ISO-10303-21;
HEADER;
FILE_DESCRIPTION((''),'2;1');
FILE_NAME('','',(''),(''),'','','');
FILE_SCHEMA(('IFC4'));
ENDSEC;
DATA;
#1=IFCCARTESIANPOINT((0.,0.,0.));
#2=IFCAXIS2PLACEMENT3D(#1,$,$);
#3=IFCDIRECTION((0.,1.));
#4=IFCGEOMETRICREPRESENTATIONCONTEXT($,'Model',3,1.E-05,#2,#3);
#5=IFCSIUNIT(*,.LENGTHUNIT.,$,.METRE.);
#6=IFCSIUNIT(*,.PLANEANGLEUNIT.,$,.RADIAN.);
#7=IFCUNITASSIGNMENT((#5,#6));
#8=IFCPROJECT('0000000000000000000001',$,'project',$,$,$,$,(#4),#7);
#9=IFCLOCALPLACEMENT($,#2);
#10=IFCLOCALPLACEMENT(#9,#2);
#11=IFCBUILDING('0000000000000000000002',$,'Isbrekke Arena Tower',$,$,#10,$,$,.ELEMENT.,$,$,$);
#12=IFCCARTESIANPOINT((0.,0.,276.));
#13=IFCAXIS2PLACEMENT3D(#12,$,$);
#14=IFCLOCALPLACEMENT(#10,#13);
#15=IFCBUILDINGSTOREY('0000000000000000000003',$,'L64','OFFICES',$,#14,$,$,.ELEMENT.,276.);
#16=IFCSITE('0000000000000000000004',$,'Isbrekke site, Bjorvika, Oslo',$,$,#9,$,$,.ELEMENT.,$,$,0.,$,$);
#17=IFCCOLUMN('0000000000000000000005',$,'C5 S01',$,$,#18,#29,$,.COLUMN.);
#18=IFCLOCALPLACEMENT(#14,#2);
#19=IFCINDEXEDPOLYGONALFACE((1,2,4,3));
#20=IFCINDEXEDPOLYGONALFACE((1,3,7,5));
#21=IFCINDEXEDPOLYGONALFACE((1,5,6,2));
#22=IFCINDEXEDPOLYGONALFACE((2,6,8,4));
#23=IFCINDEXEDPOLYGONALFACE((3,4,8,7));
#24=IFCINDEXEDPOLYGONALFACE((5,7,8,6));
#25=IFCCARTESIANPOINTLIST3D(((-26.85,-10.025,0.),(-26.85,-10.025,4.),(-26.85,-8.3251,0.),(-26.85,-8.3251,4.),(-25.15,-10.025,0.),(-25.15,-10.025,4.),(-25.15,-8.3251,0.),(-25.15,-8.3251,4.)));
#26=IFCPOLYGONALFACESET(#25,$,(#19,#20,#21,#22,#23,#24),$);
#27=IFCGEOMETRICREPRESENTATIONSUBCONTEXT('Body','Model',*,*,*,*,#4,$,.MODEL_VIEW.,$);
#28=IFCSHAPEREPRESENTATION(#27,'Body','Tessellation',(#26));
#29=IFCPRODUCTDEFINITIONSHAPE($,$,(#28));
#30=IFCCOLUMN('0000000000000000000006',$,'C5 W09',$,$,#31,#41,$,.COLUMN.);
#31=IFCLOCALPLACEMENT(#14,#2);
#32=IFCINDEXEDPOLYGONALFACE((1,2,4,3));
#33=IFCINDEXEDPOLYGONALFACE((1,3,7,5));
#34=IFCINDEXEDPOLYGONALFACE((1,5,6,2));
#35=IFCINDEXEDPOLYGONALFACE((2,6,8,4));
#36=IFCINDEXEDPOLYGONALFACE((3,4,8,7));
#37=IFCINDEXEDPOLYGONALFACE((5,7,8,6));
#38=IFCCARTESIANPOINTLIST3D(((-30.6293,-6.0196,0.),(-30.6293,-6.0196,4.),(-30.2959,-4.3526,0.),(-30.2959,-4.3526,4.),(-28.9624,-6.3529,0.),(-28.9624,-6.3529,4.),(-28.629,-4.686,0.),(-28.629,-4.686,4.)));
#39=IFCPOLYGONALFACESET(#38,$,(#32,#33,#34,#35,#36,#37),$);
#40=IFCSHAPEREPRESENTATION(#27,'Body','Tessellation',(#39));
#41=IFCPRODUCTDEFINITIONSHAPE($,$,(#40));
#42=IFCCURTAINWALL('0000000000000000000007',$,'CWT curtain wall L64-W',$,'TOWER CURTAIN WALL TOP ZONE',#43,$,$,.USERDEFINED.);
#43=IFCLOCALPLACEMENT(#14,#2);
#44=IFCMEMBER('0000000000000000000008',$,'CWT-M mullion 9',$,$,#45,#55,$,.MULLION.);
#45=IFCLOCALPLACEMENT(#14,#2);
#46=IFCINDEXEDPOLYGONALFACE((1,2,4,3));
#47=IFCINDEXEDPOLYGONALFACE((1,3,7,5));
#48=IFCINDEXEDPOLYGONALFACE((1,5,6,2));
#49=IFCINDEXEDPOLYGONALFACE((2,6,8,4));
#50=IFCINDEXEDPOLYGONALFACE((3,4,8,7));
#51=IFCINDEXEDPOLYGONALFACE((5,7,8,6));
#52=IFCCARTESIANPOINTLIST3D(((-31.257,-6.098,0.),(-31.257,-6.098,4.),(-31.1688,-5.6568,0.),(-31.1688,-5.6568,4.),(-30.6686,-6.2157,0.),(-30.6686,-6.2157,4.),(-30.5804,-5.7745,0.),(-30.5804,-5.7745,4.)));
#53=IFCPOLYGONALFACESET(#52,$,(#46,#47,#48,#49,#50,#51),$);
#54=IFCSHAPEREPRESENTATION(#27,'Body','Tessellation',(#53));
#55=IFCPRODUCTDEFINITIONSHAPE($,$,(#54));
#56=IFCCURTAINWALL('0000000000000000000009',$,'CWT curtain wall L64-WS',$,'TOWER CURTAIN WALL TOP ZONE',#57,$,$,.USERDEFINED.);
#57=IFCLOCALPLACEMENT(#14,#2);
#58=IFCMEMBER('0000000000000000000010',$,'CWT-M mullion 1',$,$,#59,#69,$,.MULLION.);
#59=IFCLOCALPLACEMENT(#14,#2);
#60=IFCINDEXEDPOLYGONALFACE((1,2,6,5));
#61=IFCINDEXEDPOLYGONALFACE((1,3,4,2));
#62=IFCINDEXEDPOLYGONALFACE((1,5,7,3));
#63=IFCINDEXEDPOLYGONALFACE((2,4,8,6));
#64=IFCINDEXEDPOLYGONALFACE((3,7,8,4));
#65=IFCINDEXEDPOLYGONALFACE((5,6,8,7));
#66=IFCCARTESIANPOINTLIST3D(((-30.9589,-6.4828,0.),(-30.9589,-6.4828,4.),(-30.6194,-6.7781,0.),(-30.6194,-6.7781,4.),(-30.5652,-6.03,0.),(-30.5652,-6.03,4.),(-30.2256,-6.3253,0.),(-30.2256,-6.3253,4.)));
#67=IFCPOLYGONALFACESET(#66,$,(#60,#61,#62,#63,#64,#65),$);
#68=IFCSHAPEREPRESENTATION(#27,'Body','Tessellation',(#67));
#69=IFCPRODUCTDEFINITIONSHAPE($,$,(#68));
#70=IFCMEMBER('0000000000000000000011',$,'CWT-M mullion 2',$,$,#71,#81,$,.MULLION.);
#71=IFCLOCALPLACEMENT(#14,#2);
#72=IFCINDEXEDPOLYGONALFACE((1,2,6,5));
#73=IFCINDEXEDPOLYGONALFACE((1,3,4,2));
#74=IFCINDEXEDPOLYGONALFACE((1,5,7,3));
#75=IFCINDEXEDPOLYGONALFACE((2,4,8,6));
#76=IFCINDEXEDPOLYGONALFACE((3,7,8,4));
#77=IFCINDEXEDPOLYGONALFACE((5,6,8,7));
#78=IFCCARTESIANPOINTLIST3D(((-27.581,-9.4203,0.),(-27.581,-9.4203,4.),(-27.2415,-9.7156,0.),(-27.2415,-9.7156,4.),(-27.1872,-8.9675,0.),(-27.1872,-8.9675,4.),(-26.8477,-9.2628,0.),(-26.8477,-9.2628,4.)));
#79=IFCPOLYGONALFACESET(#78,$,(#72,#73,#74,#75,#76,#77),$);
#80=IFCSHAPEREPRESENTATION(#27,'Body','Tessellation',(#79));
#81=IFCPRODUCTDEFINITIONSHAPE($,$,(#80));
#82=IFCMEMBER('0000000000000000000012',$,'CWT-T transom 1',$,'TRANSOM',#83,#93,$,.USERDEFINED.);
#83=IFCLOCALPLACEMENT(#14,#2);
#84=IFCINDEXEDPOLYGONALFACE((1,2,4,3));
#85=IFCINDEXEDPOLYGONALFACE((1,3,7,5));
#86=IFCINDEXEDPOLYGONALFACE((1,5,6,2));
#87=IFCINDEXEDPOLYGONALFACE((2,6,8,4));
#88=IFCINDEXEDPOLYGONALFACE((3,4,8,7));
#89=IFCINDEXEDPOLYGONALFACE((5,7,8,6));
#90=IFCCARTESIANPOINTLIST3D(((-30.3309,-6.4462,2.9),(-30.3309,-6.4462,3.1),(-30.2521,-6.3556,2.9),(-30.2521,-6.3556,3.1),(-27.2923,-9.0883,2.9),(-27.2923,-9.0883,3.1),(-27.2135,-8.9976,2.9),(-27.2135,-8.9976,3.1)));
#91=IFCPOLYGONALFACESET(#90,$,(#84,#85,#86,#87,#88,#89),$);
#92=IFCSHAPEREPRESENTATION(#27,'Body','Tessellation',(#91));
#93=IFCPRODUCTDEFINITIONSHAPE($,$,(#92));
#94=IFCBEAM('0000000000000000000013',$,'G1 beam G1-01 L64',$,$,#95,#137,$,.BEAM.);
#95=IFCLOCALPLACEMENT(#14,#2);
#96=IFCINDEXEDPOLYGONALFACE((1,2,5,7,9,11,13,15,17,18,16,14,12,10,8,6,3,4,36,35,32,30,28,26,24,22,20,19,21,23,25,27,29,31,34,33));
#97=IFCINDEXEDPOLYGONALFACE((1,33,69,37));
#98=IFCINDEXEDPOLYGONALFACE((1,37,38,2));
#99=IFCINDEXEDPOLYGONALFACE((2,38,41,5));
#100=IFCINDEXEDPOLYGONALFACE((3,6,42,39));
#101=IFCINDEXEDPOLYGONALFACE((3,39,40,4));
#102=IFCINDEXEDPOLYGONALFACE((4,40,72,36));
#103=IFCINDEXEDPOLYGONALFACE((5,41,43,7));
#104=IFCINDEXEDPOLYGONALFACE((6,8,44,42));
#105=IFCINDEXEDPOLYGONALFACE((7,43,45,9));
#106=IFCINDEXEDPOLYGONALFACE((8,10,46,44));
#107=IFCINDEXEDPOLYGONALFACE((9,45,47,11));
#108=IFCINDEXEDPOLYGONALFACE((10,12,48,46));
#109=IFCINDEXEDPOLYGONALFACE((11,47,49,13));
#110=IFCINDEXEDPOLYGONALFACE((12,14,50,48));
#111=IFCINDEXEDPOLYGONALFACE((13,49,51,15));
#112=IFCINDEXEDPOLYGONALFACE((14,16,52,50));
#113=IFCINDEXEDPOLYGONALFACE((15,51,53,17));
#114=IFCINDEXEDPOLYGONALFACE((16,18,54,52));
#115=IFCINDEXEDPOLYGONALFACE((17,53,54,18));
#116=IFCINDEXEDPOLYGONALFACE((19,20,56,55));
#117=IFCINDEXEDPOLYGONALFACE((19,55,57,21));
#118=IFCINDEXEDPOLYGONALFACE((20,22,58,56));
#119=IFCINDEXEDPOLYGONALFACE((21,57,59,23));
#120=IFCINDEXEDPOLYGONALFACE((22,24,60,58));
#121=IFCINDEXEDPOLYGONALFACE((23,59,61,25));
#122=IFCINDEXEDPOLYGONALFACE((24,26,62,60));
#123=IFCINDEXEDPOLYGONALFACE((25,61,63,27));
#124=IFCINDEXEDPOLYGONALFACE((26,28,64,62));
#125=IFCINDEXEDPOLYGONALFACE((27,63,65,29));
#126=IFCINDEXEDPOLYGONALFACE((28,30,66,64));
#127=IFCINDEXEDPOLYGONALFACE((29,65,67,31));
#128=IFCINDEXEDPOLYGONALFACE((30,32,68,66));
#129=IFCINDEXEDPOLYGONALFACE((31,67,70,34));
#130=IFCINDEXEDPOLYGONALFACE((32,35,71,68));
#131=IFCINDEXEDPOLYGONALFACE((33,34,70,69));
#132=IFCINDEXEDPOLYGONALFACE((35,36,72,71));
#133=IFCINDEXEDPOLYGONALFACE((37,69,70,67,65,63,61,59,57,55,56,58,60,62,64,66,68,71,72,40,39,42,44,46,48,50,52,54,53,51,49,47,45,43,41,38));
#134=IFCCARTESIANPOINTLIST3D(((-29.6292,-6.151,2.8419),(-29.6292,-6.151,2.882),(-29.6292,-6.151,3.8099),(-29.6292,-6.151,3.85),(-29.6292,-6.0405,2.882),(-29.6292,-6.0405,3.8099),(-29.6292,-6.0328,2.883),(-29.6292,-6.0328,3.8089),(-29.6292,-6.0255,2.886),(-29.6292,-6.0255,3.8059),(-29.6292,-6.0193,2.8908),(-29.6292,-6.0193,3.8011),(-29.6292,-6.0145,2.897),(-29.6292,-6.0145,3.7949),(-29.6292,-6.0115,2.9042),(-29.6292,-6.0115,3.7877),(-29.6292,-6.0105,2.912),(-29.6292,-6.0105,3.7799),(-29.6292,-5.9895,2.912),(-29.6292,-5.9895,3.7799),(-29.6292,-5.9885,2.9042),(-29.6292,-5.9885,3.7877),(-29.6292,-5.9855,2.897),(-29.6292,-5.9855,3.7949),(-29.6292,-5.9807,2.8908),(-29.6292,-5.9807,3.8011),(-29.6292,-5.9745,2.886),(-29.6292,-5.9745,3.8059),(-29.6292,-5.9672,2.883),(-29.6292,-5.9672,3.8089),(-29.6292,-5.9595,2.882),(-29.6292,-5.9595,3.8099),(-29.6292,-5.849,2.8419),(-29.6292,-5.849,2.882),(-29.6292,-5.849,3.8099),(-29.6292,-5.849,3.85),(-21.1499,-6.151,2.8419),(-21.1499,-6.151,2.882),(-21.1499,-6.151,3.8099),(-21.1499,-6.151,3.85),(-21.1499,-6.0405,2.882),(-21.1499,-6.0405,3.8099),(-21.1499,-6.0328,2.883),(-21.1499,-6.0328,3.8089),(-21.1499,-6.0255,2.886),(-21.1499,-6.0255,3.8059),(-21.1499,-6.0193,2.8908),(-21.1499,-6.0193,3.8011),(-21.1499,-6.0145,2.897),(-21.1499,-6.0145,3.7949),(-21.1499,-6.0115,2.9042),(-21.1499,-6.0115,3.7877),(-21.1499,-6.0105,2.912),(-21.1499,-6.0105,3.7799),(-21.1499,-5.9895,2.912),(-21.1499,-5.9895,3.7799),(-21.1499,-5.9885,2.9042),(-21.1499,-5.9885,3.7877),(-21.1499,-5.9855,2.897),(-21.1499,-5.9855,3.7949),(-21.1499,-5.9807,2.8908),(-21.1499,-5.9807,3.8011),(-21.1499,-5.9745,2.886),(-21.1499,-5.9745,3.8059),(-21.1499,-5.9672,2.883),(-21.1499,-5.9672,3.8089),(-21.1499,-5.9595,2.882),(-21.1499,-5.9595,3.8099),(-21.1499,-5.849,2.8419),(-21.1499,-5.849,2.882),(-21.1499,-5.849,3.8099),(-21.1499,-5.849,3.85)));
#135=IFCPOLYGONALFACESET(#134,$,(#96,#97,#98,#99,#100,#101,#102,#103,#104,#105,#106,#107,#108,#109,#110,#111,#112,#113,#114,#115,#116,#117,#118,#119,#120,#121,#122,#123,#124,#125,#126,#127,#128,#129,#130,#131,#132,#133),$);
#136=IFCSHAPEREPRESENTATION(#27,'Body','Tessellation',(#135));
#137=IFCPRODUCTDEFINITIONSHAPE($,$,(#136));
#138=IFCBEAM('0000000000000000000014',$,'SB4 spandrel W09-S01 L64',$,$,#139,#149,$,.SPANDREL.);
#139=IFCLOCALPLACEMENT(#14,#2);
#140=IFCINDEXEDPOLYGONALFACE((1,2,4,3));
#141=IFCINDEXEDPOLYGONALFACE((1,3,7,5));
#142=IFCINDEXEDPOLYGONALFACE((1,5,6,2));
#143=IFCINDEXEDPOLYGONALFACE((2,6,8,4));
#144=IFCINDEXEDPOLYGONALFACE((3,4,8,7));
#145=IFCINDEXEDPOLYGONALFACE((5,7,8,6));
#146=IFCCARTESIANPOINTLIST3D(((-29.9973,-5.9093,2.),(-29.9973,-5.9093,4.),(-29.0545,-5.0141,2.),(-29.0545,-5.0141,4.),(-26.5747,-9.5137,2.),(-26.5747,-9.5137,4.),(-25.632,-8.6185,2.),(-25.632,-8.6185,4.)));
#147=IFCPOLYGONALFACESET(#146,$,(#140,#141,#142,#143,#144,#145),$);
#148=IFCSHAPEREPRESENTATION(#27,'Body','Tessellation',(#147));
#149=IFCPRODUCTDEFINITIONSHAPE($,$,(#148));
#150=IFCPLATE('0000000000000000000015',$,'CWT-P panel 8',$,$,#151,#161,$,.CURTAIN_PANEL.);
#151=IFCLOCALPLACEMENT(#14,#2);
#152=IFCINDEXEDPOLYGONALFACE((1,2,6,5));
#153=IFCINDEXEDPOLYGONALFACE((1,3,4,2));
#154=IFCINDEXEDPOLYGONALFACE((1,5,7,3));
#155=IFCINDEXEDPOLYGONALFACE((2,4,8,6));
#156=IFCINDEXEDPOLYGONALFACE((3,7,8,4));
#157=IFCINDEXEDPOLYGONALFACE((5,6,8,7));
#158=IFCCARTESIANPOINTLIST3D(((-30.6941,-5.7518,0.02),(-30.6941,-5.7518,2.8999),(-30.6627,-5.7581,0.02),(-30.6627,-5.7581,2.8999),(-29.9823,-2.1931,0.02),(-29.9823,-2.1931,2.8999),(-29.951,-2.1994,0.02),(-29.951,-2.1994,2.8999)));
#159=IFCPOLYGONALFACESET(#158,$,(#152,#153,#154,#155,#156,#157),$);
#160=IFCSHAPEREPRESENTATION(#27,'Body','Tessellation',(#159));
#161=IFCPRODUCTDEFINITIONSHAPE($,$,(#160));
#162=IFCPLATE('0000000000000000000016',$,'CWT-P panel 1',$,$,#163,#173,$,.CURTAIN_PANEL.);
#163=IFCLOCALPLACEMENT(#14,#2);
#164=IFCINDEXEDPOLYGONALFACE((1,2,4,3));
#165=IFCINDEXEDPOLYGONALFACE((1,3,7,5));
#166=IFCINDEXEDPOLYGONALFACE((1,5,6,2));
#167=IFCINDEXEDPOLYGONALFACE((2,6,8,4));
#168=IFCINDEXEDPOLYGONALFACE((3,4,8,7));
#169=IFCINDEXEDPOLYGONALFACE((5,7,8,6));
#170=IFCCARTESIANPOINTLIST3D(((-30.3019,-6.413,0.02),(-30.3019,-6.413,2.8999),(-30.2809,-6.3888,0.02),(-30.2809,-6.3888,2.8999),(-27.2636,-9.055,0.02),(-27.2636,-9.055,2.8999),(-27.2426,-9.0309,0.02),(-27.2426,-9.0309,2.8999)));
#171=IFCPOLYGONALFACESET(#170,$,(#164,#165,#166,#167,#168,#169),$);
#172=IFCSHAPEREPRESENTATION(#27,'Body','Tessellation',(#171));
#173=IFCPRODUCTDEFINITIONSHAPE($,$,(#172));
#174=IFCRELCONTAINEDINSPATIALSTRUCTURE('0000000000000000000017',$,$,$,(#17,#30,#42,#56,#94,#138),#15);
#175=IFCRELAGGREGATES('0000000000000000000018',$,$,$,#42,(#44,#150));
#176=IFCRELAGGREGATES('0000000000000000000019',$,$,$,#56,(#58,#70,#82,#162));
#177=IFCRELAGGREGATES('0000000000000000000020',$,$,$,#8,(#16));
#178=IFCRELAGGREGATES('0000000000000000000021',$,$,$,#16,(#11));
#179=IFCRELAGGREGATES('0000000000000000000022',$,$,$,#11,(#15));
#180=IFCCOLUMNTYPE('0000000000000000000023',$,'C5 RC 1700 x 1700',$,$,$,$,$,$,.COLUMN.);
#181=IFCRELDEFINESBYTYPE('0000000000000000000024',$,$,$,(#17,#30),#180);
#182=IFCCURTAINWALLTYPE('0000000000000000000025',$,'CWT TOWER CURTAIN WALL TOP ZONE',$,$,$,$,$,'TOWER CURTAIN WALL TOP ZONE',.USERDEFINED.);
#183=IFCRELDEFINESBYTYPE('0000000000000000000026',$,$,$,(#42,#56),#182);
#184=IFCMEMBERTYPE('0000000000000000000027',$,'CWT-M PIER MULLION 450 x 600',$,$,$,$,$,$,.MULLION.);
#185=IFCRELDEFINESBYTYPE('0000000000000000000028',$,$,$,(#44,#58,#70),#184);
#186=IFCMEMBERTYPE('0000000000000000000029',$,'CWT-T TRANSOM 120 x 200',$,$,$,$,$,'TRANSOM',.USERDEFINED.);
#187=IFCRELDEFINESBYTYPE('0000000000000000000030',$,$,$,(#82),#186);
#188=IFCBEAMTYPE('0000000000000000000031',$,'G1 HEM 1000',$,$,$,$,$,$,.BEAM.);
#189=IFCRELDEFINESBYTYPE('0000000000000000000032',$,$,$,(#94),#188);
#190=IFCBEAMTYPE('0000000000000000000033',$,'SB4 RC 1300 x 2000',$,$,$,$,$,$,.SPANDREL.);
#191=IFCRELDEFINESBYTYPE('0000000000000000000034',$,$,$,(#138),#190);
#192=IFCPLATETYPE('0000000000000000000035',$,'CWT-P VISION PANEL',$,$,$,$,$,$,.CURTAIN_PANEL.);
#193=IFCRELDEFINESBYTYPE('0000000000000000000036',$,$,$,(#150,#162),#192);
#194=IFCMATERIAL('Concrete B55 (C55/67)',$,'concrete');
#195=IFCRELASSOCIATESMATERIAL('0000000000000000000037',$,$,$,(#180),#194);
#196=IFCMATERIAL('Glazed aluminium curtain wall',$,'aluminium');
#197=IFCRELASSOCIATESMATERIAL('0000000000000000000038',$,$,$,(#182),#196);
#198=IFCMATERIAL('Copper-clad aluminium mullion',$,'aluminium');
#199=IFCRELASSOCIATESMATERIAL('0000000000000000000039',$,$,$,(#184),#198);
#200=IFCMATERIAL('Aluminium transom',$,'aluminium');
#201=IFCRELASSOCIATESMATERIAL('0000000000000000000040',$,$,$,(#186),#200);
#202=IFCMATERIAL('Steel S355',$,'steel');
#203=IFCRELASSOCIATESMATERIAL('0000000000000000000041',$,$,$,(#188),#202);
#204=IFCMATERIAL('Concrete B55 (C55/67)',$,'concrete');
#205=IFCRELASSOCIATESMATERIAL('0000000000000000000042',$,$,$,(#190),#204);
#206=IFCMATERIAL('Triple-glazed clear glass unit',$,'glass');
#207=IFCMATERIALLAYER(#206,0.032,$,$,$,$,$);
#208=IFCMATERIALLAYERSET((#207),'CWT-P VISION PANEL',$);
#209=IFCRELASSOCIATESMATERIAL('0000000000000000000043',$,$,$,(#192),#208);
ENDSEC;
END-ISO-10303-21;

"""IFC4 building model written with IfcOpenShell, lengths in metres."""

from ifc_helpers import new_model, si_unit, direction, frame, origin, origin_2d, place, context, subcontext, project, spatial, rectangle, i_section, extrude, material, layer, layer_set, material_profile, profile_set, type_object, element, aggregate, save


model = new_model("IFC4")

# Units and contexts
model_context = context("Model", 3, precision=1e-05, world=origin(), true_north=direction((0.0, 1.0)))
body_context = subcontext(model_context, "Body", "Model", "MODEL_VIEW")
ifc_project = project(units=[si_unit("LENGTHUNIT", "METRE"), si_unit("PLANEANGLEUNIT", "RADIAN")], contexts=[model_context])

# Site, building, storey
site_placement = place(None, origin())
site = spatial("IfcSite", under=ifc_project, at=site_placement, Name="Isbrekke site, Bjorvika, Oslo", CompositionType="ELEMENT", RefElevation=0.0)
building_placement = place(site_placement, origin())
building = spatial("IfcBuilding", under=site, at=building_placement, Name="Isbrekke Arena Tower", CompositionType="ELEMENT")
storey_placement = place(building_placement, frame((0.0, 0.0, 276.0)))
storey = spatial("IfcBuildingStorey", under=building, at=storey_placement, Name="L64", Description="OFFICES", CompositionType="ELEMENT", Elevation=276.0)

# Columns
ifc_material_1 = material(Name="Concrete B55 (C55/67)", Category="concrete")
ifc_material_profile_1 = material_profile(ifc_material_1, rectangle(XDim=1.7, YDim=1.7, at=origin_2d()), Name="RC 1700x1700")
ifc_profile_set_1 = profile_set([ifc_material_profile_1], Name="Concrete B55 (C55/67)")
column_type = type_object("IfcColumnType", Name="C5 RC 1700 x 1700", PredefinedType="COLUMN", material=ifc_profile_set_1)
for number, where, z_axis, x_axis, name in (
    (1, (-26.0, -9.175, 0.0), (0.0, 0.0, 1.0), (1.0, 0.0, 0.0), "C5 S01"),
    (2, (-29.6292, -5.3528, 0.0), (0.0, 0.0, 1.0), (-0.196116, -0.980581, 0.0), "C5 W09"),
):
    element("IfcColumn", number, at=place(storey_placement, frame(where, z_axis=z_axis, x_axis=x_axis)), inside=storey, type_object=column_type, Name=name, PredefinedType="COLUMN", context=body_context, shape_type="SweptSolid", body=[
        extrude(rectangle(XDim=1.7, YDim=1.7, at=origin_2d()), origin(), (0.0, 0.0, 1.0), 4.0),
    ])

# Curtain wall, member
ifc_material_2 = material(Name="Glazed aluminium curtain wall", Category="aluminium")
curtain_wall_type = type_object("IfcCurtainWallType", Name="CWT TOWER CURTAIN WALL TOP ZONE", ElementType="TOWER CURTAIN WALL TOP ZONE", PredefinedType="USERDEFINED", material=ifc_material_2)
curtain_wall_1_placement = place(storey_placement, origin())
curtain_wall_1 = element("IfcCurtainWall", 3, at=curtain_wall_1_placement, inside=storey, type_object=curtain_wall_type, Name="CWT curtain wall L64-W", ObjectType="TOWER CURTAIN WALL TOP ZONE", PredefinedType="USERDEFINED")
ifc_material_3 = material(Name="Copper-clad aluminium mullion", Category="aluminium")
ifc_material_profile_2 = material_profile(ifc_material_3, rectangle(XDim=0.45, YDim=0.6001, at=origin_2d()), Name="PIER 450X600")
ifc_profile_set_2 = profile_set([ifc_material_profile_2], Name="Copper-clad aluminium mullion")
member_type_1 = type_object("IfcMemberType", Name="CWT-M PIER MULLION 450 x 600", PredefinedType="MULLION", material=ifc_profile_set_2)
member_1_placement = place(storey_placement, frame((-30.9187, -5.9363, 0.0), z_axis=(0.0, 0.0, 1.0), x_axis=(-0.196116, -0.980581, 0.0)))
member_1 = element("IfcMember", 4, at=member_1_placement, type_object=member_type_1, Name="CWT-M mullion 9", PredefinedType="MULLION", context=body_context, shape_type="SweptSolid", body=[
    extrude(rectangle(XDim=0.45, YDim=0.6001, at=origin_2d()), origin(), (0.0, 0.0, 1.0), 4.0),
])

# Curtain wall, members
curtain_wall_2_placement = place(storey_placement, origin())
curtain_wall_2 = element("IfcCurtainWall", 5, at=curtain_wall_2_placement, inside=storey, type_object=curtain_wall_type, Name="CWT curtain wall L64-WS", ObjectType="TOWER CURTAIN WALL TOP ZONE", PredefinedType="USERDEFINED")
member_2_placement = place(storey_placement, frame((-30.5923, -6.4041, 0.0), z_axis=(0.0, 0.0, 1.0), x_axis=(0.754606, -0.656179, 0.0)))
member_2 = element("IfcMember", 6, at=member_2_placement, type_object=member_type_1, Name="CWT-M mullion 1", PredefinedType="MULLION", context=body_context, shape_type="SweptSolid", body=[
    extrude(rectangle(XDim=0.45, YDim=0.6001, at=origin_2d()), origin(), (0.0, 0.0, 1.0), 4.0),
])
member_3_placement = place(storey_placement, frame((-27.2144, -9.3416, 0.0), z_axis=(0.0, 0.0, 1.0), x_axis=(0.754606, -0.656179, 0.0)))
member_3 = element("IfcMember", 7, at=member_3_placement, type_object=member_type_1, Name="CWT-M mullion 2", PredefinedType="MULLION", context=body_context, shape_type="SweptSolid", body=[
    extrude(rectangle(XDim=0.45, YDim=0.6001, at=origin_2d()), origin(), (0.0, 0.0, 1.0), 4.0),
])
ifc_material_4 = material(Name="Aluminium transom", Category="aluminium")
ifc_material_profile_3 = material_profile(ifc_material_4, rectangle(XDim=0.1201, YDim=0.2, at=origin_2d()), Name="TRANSOM 120X200")
ifc_profile_set_3 = profile_set([ifc_material_profile_3], Name="Aluminium transom")
member_type_2 = type_object("IfcMemberType", Name="CWT-T TRANSOM 120 x 200", ElementType="TRANSOM", PredefinedType="USERDEFINED", material=ifc_profile_set_3)
member_4_placement = place(storey_placement, frame((-30.2915, -6.4009, 3.0), z_axis=(0.754624, -0.656158, 0.0), x_axis=(0.656158, 0.754624, 0.0)))
member_4 = element("IfcMember", 8, at=member_4_placement, type_object=member_type_2, Name="CWT-T transom 1", ObjectType="TRANSOM", PredefinedType="USERDEFINED", context=body_context, shape_type="SweptSolid", body=[
    extrude(rectangle(XDim=0.1201, YDim=0.2, at=origin_2d()), origin(), (0.0, 0.0, 1.0), 4.0266),
])

# Beams
ifc_material_5 = material(Name="Steel S355", Category="steel")
ifc_material_profile_4 = material_profile(ifc_material_5, i_section(OverallWidth=0.302, OverallDepth=1.0081, WebThickness=0.021, FlangeThickness=0.04, FilletRadius=0.03, at=origin_2d()), Name="HEM 1000")
ifc_profile_set_4 = profile_set([ifc_material_profile_4], Name="Steel S355")
beam_type_1 = type_object("IfcBeamType", Name="G1 HEM 1000", PredefinedType="BEAM", material=ifc_profile_set_4)
beam_1_placement = place(storey_placement, frame((-29.6292, -6.0, 3.3459), z_axis=(1.0, 0.0, 0.0), x_axis=(0.0, 1.0, 0.0)))
element("IfcBeam", 9, at=beam_1_placement, inside=storey, type_object=beam_type_1, Name="G1 beam G1-01 L64", PredefinedType="BEAM", context=body_context, shape_type="SweptSolid", body=[
    extrude(i_section(OverallWidth=0.302, OverallDepth=1.0081, WebThickness=0.021, FlangeThickness=0.04, FilletRadius=0.03, at=origin_2d()), origin(), (0.0, 0.0, 1.0), 8.4792),
])
ifc_material_6 = material(Name="Concrete B55 (C55/67)", Category="concrete")
ifc_material_profile_5 = material_profile(ifc_material_6, rectangle(XDim=1.3, YDim=2.0, at=origin_2d()), Name="RC 1300x2000")
ifc_profile_set_5 = profile_set([ifc_material_profile_5], Name="Concrete B55 (C55/67)")
beam_type_2 = type_object("IfcBeamType", Name="SB4 RC 1300 x 2000", PredefinedType="SPANDREL", material=ifc_profile_set_5)
beam_2_placement = place(storey_placement, frame((-29.5259, -5.4617, 3.0), z_axis=(0.688574, -0.725166, 0.0), x_axis=(0.725166, 0.688574, 0.0)))
element("IfcBeam", 10, at=beam_2_placement, inside=storey, type_object=beam_type_2, Name="SB4 spandrel W09-S01 L64", PredefinedType="SPANDREL", context=body_context, shape_type="SweptSolid", body=[
    extrude(rectangle(XDim=1.3, YDim=2.0, at=origin_2d()), origin(), (0.0, 0.0, 1.0), 4.9705),
])

# Plates
ifc_material_7 = material(Name="Triple-glazed clear glass unit", Category="glass")
ifc_layer_1 = layer(ifc_material_7, 0.032)
ifc_layer_set_1 = layer_set([ifc_layer_1], Name="CWT-P VISION PANEL")
plate_type = type_object("IfcPlateType", Name="CWT-P VISION PANEL", PredefinedType="CURTAIN_PANEL", material=ifc_layer_set_1)
plate_1_placement = place(storey_placement, frame((-30.3225, -3.9756, 0.02), z_axis=(0.0, 0.0, 1.0), x_axis=(-0.196116, -0.980581, 0.0)))
plate_1 = element("IfcPlate", 11, at=plate_1_placement, type_object=plate_type, Name="CWT-P panel 8", PredefinedType="CURTAIN_PANEL", context=body_context, shape_type="SweptSolid", body=[
    extrude(rectangle(XDim=3.6292, YDim=0.032, at=origin_2d()), origin(), (0.0, 0.0, 1.0), 2.8799),
])
aggregate(curtain_wall_1, [member_1, plate_1])
plate_2_placement = place(storey_placement, frame((-28.7722, -7.7219, 0.02), z_axis=(0.0, 0.0, 1.0), x_axis=(0.754606, -0.656179, 0.0)))
plate_2 = element("IfcPlate", 12, at=plate_2_placement, type_object=plate_type, Name="CWT-P panel 1", PredefinedType="CURTAIN_PANEL", context=body_context, shape_type="SweptSolid", body=[
    extrude(rectangle(XDim=4.0264, YDim=0.032, at=origin_2d()), origin(), (0.0, 0.0, 1.0), 2.8799),
])
aggregate(curtain_wall_2, [member_2, member_3, member_4, plate_2])

save(model, "model.ifc")
